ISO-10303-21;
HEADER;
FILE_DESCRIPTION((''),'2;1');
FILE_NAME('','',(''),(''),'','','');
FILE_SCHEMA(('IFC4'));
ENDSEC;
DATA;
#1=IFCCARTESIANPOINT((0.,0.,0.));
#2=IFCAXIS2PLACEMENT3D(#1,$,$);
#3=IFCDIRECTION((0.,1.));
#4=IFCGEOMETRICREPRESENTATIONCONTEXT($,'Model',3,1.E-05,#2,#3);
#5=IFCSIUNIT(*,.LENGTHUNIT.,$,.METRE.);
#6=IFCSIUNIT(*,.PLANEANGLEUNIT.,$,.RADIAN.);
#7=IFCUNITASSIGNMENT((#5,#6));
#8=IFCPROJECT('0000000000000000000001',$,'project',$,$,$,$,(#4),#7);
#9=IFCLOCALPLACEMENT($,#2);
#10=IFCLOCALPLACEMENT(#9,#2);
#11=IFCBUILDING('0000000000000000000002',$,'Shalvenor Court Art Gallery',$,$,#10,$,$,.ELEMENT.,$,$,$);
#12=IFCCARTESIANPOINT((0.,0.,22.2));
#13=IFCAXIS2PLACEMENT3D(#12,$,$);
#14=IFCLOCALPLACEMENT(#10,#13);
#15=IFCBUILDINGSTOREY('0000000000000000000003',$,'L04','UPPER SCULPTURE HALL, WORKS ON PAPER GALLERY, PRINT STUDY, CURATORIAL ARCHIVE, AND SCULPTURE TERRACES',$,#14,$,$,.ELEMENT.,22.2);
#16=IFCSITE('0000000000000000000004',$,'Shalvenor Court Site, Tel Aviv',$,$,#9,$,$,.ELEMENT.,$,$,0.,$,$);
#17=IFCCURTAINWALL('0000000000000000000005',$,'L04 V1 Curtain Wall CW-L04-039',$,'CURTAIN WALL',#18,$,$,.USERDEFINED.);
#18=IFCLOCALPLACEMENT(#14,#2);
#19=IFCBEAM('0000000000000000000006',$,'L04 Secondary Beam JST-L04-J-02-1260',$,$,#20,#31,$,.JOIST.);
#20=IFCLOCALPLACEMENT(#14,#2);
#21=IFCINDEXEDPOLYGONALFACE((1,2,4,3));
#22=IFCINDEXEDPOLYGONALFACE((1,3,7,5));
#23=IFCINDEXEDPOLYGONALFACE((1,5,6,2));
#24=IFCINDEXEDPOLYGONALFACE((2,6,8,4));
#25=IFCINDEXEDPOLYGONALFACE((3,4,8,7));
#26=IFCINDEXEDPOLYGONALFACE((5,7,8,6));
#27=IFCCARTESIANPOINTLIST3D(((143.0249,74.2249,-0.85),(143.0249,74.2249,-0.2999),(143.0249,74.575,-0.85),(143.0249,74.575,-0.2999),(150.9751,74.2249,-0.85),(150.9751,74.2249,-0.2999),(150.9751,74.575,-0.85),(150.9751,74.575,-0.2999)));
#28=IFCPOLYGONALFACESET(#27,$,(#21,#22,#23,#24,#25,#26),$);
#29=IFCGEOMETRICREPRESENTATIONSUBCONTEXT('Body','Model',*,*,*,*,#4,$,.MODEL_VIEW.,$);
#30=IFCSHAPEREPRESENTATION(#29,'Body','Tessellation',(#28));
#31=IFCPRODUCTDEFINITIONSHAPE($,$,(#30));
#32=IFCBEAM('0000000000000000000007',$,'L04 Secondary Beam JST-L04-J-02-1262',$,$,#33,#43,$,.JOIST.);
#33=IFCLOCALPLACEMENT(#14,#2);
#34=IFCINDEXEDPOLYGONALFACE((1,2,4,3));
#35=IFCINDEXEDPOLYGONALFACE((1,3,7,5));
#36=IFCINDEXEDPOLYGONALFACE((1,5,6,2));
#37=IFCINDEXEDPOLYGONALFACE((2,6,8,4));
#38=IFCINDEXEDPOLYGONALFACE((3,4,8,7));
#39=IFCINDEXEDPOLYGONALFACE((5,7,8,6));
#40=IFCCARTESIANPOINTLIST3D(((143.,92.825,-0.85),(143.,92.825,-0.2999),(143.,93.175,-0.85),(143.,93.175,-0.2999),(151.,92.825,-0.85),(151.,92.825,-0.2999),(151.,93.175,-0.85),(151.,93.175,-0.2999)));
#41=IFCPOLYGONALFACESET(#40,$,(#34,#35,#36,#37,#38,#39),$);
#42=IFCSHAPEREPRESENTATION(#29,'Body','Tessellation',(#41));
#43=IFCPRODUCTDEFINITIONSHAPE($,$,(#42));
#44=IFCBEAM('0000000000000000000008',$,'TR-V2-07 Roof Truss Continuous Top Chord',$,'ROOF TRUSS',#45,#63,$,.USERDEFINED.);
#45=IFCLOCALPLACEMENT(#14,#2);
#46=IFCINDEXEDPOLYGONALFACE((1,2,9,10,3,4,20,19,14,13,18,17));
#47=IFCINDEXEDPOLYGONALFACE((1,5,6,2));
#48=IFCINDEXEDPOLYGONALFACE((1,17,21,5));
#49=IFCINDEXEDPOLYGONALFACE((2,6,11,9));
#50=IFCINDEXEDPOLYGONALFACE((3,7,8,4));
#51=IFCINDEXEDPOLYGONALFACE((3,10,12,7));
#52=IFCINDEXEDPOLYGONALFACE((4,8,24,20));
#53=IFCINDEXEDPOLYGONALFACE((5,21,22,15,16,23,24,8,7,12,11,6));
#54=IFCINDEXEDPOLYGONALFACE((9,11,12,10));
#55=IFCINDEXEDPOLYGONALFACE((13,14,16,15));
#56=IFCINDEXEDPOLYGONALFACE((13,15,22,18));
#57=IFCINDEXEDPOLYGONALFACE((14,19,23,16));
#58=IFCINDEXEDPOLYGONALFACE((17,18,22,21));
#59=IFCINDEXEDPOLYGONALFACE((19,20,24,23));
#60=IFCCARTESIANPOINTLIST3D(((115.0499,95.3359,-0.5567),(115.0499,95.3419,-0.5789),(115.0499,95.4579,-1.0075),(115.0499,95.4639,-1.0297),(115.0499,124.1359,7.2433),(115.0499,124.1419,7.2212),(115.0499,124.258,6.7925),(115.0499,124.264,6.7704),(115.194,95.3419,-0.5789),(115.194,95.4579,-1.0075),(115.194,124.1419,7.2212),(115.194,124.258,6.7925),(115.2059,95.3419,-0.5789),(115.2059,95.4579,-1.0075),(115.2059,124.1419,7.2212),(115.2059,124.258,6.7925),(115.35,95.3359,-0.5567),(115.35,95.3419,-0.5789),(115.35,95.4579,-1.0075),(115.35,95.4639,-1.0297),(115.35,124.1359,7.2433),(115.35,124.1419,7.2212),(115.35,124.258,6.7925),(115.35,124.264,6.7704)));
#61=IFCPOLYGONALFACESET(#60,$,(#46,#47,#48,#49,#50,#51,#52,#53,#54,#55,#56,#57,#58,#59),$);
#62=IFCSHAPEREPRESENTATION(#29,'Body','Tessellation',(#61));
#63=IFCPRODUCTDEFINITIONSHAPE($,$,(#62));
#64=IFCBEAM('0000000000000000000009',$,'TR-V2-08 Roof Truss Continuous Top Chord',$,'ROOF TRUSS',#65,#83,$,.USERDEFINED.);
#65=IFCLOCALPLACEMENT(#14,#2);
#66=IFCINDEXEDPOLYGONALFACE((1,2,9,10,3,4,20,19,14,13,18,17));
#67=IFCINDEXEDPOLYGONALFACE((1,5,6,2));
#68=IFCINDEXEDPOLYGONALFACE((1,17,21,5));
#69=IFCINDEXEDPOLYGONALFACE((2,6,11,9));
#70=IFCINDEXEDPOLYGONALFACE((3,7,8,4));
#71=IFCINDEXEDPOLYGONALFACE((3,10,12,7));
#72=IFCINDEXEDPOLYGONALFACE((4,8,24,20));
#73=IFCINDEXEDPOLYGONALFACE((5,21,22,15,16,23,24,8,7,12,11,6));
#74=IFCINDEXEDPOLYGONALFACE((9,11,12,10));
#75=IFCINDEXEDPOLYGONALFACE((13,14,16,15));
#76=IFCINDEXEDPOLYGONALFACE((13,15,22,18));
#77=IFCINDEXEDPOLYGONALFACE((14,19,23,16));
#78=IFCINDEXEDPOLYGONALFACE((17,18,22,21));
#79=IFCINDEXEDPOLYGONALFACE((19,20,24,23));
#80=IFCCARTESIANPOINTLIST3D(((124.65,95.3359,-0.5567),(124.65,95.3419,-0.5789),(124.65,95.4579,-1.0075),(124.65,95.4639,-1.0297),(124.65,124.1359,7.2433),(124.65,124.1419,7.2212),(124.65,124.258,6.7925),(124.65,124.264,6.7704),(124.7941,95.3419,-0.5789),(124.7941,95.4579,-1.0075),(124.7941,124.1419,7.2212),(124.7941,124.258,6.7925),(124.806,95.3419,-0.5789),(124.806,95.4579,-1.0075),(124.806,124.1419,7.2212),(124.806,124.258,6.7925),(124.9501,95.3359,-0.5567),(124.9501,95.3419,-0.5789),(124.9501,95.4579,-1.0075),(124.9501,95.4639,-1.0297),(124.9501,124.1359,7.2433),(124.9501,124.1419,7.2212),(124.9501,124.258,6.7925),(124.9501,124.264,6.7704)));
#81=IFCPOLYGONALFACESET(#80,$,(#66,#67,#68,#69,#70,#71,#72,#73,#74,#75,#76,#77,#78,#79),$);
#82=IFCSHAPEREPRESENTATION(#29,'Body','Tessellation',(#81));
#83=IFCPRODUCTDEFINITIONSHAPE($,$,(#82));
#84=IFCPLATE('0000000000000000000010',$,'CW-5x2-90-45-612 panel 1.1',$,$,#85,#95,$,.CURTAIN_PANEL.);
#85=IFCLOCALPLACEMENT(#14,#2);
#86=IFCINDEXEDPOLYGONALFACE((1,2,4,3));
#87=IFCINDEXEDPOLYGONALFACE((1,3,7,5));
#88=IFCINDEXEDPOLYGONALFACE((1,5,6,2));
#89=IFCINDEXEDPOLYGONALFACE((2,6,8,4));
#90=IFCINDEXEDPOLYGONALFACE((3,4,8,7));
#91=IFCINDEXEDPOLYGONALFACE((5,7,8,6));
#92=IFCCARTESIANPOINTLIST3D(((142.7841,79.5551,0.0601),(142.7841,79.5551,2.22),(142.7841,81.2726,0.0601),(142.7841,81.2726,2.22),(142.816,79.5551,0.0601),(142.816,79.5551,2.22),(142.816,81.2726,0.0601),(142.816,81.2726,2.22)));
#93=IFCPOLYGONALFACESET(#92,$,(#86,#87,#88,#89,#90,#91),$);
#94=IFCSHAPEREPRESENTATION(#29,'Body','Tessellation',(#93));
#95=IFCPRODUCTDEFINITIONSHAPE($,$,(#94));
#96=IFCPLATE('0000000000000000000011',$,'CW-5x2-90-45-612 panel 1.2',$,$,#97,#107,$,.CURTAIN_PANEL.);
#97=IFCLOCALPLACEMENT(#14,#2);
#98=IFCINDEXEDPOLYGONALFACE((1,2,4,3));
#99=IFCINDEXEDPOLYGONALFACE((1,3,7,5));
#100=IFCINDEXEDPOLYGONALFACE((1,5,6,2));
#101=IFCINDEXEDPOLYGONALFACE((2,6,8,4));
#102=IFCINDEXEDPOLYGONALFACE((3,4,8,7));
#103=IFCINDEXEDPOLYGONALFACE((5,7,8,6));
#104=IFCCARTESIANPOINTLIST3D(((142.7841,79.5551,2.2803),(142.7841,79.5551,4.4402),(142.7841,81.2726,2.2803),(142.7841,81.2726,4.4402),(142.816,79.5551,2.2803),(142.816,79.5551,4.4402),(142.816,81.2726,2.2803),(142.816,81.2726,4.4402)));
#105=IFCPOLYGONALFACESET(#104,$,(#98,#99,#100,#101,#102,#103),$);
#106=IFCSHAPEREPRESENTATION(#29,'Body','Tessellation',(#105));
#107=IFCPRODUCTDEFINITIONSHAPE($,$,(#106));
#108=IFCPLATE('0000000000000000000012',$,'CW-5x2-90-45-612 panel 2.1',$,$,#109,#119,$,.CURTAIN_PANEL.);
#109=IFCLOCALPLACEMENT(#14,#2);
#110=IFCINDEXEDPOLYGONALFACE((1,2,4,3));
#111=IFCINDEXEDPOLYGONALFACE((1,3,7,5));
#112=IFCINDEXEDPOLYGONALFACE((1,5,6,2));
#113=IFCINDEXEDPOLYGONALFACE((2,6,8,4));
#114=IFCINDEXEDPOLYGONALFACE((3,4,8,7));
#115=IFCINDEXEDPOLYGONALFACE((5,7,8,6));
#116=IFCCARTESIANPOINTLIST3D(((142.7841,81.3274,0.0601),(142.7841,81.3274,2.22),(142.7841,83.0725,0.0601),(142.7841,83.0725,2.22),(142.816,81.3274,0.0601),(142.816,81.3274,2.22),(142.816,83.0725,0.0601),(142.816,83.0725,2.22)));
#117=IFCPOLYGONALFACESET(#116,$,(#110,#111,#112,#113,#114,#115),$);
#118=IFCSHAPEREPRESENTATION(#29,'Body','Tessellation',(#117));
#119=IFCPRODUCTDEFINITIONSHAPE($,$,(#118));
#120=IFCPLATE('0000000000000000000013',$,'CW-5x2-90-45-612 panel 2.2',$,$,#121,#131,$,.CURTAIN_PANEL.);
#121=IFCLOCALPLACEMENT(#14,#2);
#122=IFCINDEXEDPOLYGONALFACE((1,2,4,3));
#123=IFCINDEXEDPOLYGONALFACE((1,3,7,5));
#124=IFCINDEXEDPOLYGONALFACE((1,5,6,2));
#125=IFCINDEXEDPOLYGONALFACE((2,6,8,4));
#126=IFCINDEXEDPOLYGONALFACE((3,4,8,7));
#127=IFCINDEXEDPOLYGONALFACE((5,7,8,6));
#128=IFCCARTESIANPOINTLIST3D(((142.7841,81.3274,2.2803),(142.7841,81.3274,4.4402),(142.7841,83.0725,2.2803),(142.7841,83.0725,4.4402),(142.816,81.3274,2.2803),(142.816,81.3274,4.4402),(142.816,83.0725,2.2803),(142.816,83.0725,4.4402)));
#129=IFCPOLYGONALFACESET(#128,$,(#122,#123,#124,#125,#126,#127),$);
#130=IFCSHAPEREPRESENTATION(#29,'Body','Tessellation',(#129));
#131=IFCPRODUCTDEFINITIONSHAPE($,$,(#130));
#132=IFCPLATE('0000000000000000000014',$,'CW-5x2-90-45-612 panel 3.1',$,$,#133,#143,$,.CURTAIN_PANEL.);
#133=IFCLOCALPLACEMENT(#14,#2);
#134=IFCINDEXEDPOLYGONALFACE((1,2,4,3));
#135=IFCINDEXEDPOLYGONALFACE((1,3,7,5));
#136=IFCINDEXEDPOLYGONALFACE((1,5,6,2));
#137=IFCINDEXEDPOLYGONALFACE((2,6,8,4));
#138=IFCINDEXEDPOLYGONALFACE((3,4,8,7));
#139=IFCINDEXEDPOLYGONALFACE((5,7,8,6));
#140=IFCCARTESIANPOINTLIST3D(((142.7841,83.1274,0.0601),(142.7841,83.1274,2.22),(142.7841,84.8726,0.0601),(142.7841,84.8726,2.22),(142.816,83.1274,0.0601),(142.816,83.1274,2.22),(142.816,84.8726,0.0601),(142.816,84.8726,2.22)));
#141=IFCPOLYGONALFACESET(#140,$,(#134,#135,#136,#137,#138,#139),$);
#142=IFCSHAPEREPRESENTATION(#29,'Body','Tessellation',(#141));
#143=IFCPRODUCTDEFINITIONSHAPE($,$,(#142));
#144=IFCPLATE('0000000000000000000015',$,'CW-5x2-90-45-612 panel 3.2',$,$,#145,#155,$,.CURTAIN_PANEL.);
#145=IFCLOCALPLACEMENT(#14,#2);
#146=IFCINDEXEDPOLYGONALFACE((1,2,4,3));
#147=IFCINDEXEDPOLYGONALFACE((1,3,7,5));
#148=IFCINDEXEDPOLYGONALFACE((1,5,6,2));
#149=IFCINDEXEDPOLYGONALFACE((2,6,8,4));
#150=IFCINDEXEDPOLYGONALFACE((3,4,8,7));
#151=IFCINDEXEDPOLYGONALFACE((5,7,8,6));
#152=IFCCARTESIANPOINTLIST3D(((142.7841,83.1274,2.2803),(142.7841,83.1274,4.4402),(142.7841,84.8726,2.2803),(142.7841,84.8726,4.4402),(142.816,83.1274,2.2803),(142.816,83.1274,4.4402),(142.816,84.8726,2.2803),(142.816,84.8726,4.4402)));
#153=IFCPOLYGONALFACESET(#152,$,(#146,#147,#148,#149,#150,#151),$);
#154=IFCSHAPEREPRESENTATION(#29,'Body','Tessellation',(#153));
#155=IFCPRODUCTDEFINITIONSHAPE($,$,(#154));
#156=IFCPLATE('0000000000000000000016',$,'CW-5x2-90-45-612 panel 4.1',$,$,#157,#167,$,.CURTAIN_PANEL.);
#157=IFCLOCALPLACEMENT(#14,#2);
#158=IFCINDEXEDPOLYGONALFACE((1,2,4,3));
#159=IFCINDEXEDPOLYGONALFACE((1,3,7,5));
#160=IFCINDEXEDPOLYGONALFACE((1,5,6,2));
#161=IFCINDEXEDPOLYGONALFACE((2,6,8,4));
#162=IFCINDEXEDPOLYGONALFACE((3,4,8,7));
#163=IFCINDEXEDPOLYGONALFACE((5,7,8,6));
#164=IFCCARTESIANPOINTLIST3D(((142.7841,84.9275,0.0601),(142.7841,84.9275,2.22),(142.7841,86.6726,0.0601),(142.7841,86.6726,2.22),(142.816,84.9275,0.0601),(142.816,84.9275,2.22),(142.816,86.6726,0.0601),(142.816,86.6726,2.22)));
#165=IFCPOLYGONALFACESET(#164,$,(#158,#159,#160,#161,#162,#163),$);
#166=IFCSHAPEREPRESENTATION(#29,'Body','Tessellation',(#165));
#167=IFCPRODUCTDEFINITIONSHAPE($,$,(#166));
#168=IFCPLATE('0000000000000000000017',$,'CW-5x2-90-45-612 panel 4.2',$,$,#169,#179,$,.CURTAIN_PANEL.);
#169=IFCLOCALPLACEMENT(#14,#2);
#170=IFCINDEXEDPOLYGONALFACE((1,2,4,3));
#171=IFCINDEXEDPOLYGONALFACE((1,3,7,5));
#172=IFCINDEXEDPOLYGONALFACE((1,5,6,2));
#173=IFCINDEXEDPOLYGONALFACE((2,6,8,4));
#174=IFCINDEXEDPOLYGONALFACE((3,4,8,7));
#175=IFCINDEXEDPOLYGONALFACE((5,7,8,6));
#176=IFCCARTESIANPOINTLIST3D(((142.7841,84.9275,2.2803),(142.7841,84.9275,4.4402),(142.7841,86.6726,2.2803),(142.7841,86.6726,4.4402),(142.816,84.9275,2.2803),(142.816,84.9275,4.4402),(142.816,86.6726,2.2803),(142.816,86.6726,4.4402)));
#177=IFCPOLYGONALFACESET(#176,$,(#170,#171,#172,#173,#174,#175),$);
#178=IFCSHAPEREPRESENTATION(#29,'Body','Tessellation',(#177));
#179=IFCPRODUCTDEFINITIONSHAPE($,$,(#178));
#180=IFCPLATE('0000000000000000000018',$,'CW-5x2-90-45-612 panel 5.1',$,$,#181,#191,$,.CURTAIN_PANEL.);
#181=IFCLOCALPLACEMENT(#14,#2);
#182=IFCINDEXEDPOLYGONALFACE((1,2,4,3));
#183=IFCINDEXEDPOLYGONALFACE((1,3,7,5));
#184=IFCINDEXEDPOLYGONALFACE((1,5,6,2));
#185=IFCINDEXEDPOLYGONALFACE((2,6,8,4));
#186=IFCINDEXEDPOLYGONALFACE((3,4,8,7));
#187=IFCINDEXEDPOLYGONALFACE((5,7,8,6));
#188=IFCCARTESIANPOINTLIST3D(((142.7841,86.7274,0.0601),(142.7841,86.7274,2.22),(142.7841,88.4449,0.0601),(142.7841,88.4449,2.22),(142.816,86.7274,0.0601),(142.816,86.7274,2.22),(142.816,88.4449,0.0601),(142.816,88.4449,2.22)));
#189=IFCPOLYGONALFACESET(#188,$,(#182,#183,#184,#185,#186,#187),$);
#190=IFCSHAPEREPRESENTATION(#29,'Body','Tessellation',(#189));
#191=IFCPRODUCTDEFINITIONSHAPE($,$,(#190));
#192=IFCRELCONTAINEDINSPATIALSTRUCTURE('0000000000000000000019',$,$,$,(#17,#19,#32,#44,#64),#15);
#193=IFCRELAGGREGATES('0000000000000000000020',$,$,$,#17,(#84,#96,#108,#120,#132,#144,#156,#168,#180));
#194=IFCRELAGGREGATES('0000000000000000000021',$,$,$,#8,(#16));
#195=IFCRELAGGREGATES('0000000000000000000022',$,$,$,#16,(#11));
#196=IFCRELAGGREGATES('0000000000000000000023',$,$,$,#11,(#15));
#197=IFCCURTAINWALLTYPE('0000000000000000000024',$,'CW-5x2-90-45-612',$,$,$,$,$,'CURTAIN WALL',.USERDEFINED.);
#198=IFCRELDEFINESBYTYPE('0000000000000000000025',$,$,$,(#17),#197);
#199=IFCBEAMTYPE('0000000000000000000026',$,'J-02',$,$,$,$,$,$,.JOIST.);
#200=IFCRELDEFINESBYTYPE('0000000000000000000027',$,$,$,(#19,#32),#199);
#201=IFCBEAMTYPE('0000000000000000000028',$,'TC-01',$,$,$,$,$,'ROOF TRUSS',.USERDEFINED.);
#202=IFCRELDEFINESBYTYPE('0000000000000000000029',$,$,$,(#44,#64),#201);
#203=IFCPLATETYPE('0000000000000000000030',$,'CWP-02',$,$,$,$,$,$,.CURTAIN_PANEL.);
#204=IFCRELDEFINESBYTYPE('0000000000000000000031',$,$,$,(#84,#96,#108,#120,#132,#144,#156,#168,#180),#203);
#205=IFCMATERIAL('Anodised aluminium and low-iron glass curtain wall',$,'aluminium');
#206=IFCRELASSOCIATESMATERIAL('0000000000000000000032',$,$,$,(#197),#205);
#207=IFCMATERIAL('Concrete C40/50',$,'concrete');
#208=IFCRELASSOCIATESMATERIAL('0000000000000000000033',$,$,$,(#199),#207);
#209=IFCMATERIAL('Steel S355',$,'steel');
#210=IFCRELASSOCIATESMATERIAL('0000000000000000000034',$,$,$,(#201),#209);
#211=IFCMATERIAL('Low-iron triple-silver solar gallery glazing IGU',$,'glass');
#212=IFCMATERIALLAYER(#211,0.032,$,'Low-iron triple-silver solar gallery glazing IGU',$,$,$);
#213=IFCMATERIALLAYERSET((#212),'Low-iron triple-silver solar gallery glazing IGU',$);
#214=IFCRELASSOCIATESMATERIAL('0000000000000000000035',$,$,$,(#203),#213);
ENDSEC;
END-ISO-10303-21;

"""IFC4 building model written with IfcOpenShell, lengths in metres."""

from ifc_helpers import new_model, si_unit, direction, frame, origin, origin_2d, place, context, subcontext, project, spatial, rectangle, i_section, extrude, material, layer, layer_set, material_profile, profile_set, type_object, element, aggregate, save


model = new_model("IFC4")

# Units and contexts
model_context = context("Model", 3, precision=1e-05, world=origin(), true_north=direction((0.0, 1.0)))
body_context = subcontext(model_context, "Body", "Model", "MODEL_VIEW")
ifc_project = project(units=[si_unit("LENGTHUNIT", "METRE"), si_unit("PLANEANGLEUNIT", "RADIAN")], contexts=[model_context])

# Site, building, storey
site_placement = place(None, origin())
site = spatial("IfcSite", under=ifc_project, at=site_placement, Name="Shalvenor Court Site, Tel Aviv", CompositionType="ELEMENT", RefElevation=0.0)
building_placement = place(site_placement, origin())
building = spatial("IfcBuilding", under=site, at=building_placement, Name="Shalvenor Court Art Gallery", CompositionType="ELEMENT")
storey_placement = place(building_placement, frame((0.0, 0.0, 22.2)))
storey = spatial("IfcBuildingStorey", under=building, at=storey_placement, Name="L04", Description="UPPER SCULPTURE HALL, WORKS ON PAPER GALLERY, PRINT STUDY, CURATORIAL ARCHIVE, AND SCULPTURE TERRACES", CompositionType="ELEMENT", Elevation=22.2)

# Curtain wall
ifc_material_1 = material(Name="Anodised aluminium and low-iron glass curtain wall", Category="aluminium")
curtain_wall_type = type_object("IfcCurtainWallType", Name="CW-5x2-90-45-612", ElementType="CURTAIN WALL", PredefinedType="USERDEFINED", material=ifc_material_1)
curtain_wall_placement = place(storey_placement, origin())
curtain_wall = element("IfcCurtainWall", 1, at=curtain_wall_placement, inside=storey, type_object=curtain_wall_type, Name="L04 V1 Curtain Wall CW-L04-039", ObjectType="CURTAIN WALL", PredefinedType="USERDEFINED")

# Beams
ifc_material_2 = material(Name="Concrete C40/50", Category="concrete")
ifc_material_profile_1 = material_profile(ifc_material_2, rectangle(XDim=0.3501, YDim=0.55, at=origin_2d()), Name="RC 350x550")
ifc_profile_set_1 = profile_set([ifc_material_profile_1], Name="Concrete C40/50")
beam_type_1 = type_object("IfcBeamType", Name="J-02", PredefinedType="JOIST", material=ifc_profile_set_1)
beam_1_placement = place(storey_placement, frame((143.0249, 74.3999, -0.575), z_axis=(1.0, 0.0, 0.0), x_axis=(0.0, 1.0, 0.0)))
element("IfcBeam", 2, at=beam_1_placement, inside=storey, type_object=beam_type_1, Name="L04 Secondary Beam JST-L04-J-02-1260", PredefinedType="JOIST", context=body_context, shape_type="SweptSolid", body=[
    extrude(rectangle(XDim=0.3501, YDim=0.55, at=origin_2d()), origin(), (0.0, 0.0, 1.0), 7.9502),
])
beam_2_placement = place(storey_placement, frame((143.0, 93.0, -0.575), z_axis=(1.0, 0.0, 0.0), x_axis=(0.0, 1.0, 0.0)))
element("IfcBeam", 3, at=beam_2_placement, inside=storey, type_object=beam_type_1, Name="L04 Secondary Beam JST-L04-J-02-1262", PredefinedType="JOIST", context=body_context, shape_type="SweptSolid", body=[
    extrude(rectangle(XDim=0.3501, YDim=0.55, at=origin_2d()), origin(), (0.0, 0.0, 1.0), 8.0),
])
ifc_material_3 = material(Name="Steel S355", Category="steel")
ifc_material_profile_2 = material_profile(ifc_material_3, i_section(OverallWidth=0.3, OverallDepth=0.49, WebThickness=0.012, FlangeThickness=0.0229, at=origin_2d()), Name="HEA 500")
ifc_profile_set_2 = profile_set([ifc_material_profile_2], Name="Steel S355")
beam_type_2 = type_object("IfcBeamType", Name="TC-01", ElementType="ROOF TRUSS", PredefinedType="USERDEFINED", material=ifc_profile_set_2)
for number, where, z_axis, x_axis, name in (
    (4, (115.2, 95.3999, -0.7932), (0.0, 0.965226, 0.261417), (-1.0, 0.0, 0.0), "TR-V2-07 Roof Truss Continuous Top Chord"),
    (5, (124.8, 95.3999, -0.7932), (0.0, 0.965226, 0.261417), (-1.0, 0.0, 0.0), "TR-V2-08 Roof Truss Continuous Top Chord"),
):
    element("IfcBeam", number, at=place(storey_placement, frame(where, z_axis=z_axis, x_axis=x_axis)), inside=storey, type_object=beam_type_2, Name=name, ObjectType="ROOF TRUSS", PredefinedType="USERDEFINED", context=body_context, shape_type="SweptSolid", body=[
        extrude(i_section(OverallWidth=0.3, OverallDepth=0.49, WebThickness=0.012, FlangeThickness=0.0229, at=origin_2d()), origin(), (0.0, 0.0, 1.0), 29.8376),
    ])

# Plates
ifc_material_4 = material(Name="Low-iron triple-silver solar gallery glazing IGU", Category="glass")
ifc_layer_1 = layer(ifc_material_4, 0.032, Name="Low-iron triple-silver solar gallery glazing IGU")
ifc_layer_set_1 = layer_set([ifc_layer_1], Name="Low-iron triple-silver solar gallery glazing IGU")
plate_type_1 = type_object("IfcPlateType", Name="CWP-02", PredefinedType="CURTAIN_PANEL", material=ifc_layer_set_1)
plate_1_placement = place(storey_placement, frame((142.8, 80.4138, 0.0601), z_axis=(0.0, 0.0, 1.0), x_axis=(0.0, 1.0, 0.0)))
plate_1 = element("IfcPlate", 6, at=plate_1_placement, type_object=plate_type_1, Name="CW-5x2-90-45-612 panel 1.1", PredefinedType="CURTAIN_PANEL", context=body_context, shape_type="SweptSolid", body=[
    extrude(rectangle(XDim=1.7175, YDim=0.032, at=origin_2d()), origin(), (0.0, 0.0, 1.0), 2.1599),
])
plate_2_placement = place(storey_placement, frame((142.8, 80.4138, 2.2803), z_axis=(0.0, 0.0, 1.0), x_axis=(0.0, 1.0, 0.0)))
plate_2 = element("IfcPlate", 7, at=plate_2_placement, type_object=plate_type_1, Name="CW-5x2-90-45-612 panel 1.2", PredefinedType="CURTAIN_PANEL", context=body_context, shape_type="SweptSolid", body=[
    extrude(rectangle(XDim=1.7175, YDim=0.032, at=origin_2d()), origin(), (0.0, 0.0, 1.0), 2.1599),
])
plate_3_placement = place(storey_placement, frame((142.8, 82.2, 0.0601), z_axis=(0.0, 0.0, 1.0), x_axis=(0.0, 1.0, 0.0)))
plate_3 = element("IfcPlate", 8, at=plate_3_placement, type_object=plate_type_1, Name="CW-5x2-90-45-612 panel 2.1", PredefinedType="CURTAIN_PANEL", context=body_context, shape_type="SweptSolid", body=[
    extrude(rectangle(XDim=1.7451, YDim=0.032, at=origin_2d()), origin(), (0.0, 0.0, 1.0), 2.1599),
])
plate_4_placement = place(storey_placement, frame((142.8, 82.2, 2.2803), z_axis=(0.0, 0.0, 1.0), x_axis=(0.0, 1.0, 0.0)))
plate_4 = element("IfcPlate", 9, at=plate_4_placement, type_object=plate_type_1, Name="CW-5x2-90-45-612 panel 2.2", PredefinedType="CURTAIN_PANEL", context=body_context, shape_type="SweptSolid", body=[
    extrude(rectangle(XDim=1.7451, YDim=0.032, at=origin_2d()), origin(), (0.0, 0.0, 1.0), 2.1599),
])
plate_5_placement = place(storey_placement, frame((142.8, 84.0, 0.0601), z_axis=(0.0, 0.0, 1.0), x_axis=(0.0, 1.0, 0.0)))
plate_5 = element("IfcPlate", 10, at=plate_5_placement, type_object=plate_type_1, Name="CW-5x2-90-45-612 panel 3.1", PredefinedType="CURTAIN_PANEL", context=body_context, shape_type="SweptSolid", body=[
    extrude(rectangle(XDim=1.7451, YDim=0.032, at=origin_2d()), origin(), (0.0, 0.0, 1.0), 2.1599),
])
plate_6_placement = place(storey_placement, frame((142.8, 84.0, 2.2803), z_axis=(0.0, 0.0, 1.0), x_axis=(0.0, 1.0, 0.0)))
plate_6 = element("IfcPlate", 11, at=plate_6_placement, type_object=plate_type_1, Name="CW-5x2-90-45-612 panel 3.2", PredefinedType="CURTAIN_PANEL", context=body_context, shape_type="SweptSolid", body=[
    extrude(rectangle(XDim=1.7451, YDim=0.032, at=origin_2d()), origin(), (0.0, 0.0, 1.0), 2.1599),
])
plate_7_placement = place(storey_placement, frame((142.8, 85.8, 0.0601), z_axis=(0.0, 0.0, 1.0), x_axis=(0.0, 1.0, 0.0)))
plate_7 = element("IfcPlate", 12, at=plate_7_placement, type_object=plate_type_1, Name="CW-5x2-90-45-612 panel 4.1", PredefinedType="CURTAIN_PANEL", context=body_context, shape_type="SweptSolid", body=[
    extrude(rectangle(XDim=1.7451, YDim=0.032, at=origin_2d()), origin(), (0.0, 0.0, 1.0), 2.1599),
])
plate_8_placement = place(storey_placement, frame((142.8, 85.8, 2.2803), z_axis=(0.0, 0.0, 1.0), x_axis=(0.0, 1.0, 0.0)))
plate_8 = element("IfcPlate", 13, at=plate_8_placement, type_object=plate_type_1, Name="CW-5x2-90-45-612 panel 4.2", PredefinedType="CURTAIN_PANEL", context=body_context, shape_type="SweptSolid", body=[
    extrude(rectangle(XDim=1.7451, YDim=0.032, at=origin_2d()), origin(), (0.0, 0.0, 1.0), 2.1599),
])
plate_9_placement = place(storey_placement, frame((142.8, 87.5862, 0.0601), z_axis=(0.0, 0.0, 1.0), x_axis=(0.0, 1.0, 0.0)))
plate_9 = element("IfcPlate", 14, at=plate_9_placement, type_object=plate_type_1, Name="CW-5x2-90-45-612 panel 5.1", PredefinedType="CURTAIN_PANEL", context=body_context, shape_type="SweptSolid", body=[
    extrude(rectangle(XDim=1.7175, YDim=0.032, at=origin_2d()), origin(), (0.0, 0.0, 1.0), 2.1599),
])
aggregate(curtain_wall, [plate_1, plate_2, plate_3, plate_4, plate_5, plate_6, plate_7, plate_8, plate_9])

save(model, "model.ifc")
